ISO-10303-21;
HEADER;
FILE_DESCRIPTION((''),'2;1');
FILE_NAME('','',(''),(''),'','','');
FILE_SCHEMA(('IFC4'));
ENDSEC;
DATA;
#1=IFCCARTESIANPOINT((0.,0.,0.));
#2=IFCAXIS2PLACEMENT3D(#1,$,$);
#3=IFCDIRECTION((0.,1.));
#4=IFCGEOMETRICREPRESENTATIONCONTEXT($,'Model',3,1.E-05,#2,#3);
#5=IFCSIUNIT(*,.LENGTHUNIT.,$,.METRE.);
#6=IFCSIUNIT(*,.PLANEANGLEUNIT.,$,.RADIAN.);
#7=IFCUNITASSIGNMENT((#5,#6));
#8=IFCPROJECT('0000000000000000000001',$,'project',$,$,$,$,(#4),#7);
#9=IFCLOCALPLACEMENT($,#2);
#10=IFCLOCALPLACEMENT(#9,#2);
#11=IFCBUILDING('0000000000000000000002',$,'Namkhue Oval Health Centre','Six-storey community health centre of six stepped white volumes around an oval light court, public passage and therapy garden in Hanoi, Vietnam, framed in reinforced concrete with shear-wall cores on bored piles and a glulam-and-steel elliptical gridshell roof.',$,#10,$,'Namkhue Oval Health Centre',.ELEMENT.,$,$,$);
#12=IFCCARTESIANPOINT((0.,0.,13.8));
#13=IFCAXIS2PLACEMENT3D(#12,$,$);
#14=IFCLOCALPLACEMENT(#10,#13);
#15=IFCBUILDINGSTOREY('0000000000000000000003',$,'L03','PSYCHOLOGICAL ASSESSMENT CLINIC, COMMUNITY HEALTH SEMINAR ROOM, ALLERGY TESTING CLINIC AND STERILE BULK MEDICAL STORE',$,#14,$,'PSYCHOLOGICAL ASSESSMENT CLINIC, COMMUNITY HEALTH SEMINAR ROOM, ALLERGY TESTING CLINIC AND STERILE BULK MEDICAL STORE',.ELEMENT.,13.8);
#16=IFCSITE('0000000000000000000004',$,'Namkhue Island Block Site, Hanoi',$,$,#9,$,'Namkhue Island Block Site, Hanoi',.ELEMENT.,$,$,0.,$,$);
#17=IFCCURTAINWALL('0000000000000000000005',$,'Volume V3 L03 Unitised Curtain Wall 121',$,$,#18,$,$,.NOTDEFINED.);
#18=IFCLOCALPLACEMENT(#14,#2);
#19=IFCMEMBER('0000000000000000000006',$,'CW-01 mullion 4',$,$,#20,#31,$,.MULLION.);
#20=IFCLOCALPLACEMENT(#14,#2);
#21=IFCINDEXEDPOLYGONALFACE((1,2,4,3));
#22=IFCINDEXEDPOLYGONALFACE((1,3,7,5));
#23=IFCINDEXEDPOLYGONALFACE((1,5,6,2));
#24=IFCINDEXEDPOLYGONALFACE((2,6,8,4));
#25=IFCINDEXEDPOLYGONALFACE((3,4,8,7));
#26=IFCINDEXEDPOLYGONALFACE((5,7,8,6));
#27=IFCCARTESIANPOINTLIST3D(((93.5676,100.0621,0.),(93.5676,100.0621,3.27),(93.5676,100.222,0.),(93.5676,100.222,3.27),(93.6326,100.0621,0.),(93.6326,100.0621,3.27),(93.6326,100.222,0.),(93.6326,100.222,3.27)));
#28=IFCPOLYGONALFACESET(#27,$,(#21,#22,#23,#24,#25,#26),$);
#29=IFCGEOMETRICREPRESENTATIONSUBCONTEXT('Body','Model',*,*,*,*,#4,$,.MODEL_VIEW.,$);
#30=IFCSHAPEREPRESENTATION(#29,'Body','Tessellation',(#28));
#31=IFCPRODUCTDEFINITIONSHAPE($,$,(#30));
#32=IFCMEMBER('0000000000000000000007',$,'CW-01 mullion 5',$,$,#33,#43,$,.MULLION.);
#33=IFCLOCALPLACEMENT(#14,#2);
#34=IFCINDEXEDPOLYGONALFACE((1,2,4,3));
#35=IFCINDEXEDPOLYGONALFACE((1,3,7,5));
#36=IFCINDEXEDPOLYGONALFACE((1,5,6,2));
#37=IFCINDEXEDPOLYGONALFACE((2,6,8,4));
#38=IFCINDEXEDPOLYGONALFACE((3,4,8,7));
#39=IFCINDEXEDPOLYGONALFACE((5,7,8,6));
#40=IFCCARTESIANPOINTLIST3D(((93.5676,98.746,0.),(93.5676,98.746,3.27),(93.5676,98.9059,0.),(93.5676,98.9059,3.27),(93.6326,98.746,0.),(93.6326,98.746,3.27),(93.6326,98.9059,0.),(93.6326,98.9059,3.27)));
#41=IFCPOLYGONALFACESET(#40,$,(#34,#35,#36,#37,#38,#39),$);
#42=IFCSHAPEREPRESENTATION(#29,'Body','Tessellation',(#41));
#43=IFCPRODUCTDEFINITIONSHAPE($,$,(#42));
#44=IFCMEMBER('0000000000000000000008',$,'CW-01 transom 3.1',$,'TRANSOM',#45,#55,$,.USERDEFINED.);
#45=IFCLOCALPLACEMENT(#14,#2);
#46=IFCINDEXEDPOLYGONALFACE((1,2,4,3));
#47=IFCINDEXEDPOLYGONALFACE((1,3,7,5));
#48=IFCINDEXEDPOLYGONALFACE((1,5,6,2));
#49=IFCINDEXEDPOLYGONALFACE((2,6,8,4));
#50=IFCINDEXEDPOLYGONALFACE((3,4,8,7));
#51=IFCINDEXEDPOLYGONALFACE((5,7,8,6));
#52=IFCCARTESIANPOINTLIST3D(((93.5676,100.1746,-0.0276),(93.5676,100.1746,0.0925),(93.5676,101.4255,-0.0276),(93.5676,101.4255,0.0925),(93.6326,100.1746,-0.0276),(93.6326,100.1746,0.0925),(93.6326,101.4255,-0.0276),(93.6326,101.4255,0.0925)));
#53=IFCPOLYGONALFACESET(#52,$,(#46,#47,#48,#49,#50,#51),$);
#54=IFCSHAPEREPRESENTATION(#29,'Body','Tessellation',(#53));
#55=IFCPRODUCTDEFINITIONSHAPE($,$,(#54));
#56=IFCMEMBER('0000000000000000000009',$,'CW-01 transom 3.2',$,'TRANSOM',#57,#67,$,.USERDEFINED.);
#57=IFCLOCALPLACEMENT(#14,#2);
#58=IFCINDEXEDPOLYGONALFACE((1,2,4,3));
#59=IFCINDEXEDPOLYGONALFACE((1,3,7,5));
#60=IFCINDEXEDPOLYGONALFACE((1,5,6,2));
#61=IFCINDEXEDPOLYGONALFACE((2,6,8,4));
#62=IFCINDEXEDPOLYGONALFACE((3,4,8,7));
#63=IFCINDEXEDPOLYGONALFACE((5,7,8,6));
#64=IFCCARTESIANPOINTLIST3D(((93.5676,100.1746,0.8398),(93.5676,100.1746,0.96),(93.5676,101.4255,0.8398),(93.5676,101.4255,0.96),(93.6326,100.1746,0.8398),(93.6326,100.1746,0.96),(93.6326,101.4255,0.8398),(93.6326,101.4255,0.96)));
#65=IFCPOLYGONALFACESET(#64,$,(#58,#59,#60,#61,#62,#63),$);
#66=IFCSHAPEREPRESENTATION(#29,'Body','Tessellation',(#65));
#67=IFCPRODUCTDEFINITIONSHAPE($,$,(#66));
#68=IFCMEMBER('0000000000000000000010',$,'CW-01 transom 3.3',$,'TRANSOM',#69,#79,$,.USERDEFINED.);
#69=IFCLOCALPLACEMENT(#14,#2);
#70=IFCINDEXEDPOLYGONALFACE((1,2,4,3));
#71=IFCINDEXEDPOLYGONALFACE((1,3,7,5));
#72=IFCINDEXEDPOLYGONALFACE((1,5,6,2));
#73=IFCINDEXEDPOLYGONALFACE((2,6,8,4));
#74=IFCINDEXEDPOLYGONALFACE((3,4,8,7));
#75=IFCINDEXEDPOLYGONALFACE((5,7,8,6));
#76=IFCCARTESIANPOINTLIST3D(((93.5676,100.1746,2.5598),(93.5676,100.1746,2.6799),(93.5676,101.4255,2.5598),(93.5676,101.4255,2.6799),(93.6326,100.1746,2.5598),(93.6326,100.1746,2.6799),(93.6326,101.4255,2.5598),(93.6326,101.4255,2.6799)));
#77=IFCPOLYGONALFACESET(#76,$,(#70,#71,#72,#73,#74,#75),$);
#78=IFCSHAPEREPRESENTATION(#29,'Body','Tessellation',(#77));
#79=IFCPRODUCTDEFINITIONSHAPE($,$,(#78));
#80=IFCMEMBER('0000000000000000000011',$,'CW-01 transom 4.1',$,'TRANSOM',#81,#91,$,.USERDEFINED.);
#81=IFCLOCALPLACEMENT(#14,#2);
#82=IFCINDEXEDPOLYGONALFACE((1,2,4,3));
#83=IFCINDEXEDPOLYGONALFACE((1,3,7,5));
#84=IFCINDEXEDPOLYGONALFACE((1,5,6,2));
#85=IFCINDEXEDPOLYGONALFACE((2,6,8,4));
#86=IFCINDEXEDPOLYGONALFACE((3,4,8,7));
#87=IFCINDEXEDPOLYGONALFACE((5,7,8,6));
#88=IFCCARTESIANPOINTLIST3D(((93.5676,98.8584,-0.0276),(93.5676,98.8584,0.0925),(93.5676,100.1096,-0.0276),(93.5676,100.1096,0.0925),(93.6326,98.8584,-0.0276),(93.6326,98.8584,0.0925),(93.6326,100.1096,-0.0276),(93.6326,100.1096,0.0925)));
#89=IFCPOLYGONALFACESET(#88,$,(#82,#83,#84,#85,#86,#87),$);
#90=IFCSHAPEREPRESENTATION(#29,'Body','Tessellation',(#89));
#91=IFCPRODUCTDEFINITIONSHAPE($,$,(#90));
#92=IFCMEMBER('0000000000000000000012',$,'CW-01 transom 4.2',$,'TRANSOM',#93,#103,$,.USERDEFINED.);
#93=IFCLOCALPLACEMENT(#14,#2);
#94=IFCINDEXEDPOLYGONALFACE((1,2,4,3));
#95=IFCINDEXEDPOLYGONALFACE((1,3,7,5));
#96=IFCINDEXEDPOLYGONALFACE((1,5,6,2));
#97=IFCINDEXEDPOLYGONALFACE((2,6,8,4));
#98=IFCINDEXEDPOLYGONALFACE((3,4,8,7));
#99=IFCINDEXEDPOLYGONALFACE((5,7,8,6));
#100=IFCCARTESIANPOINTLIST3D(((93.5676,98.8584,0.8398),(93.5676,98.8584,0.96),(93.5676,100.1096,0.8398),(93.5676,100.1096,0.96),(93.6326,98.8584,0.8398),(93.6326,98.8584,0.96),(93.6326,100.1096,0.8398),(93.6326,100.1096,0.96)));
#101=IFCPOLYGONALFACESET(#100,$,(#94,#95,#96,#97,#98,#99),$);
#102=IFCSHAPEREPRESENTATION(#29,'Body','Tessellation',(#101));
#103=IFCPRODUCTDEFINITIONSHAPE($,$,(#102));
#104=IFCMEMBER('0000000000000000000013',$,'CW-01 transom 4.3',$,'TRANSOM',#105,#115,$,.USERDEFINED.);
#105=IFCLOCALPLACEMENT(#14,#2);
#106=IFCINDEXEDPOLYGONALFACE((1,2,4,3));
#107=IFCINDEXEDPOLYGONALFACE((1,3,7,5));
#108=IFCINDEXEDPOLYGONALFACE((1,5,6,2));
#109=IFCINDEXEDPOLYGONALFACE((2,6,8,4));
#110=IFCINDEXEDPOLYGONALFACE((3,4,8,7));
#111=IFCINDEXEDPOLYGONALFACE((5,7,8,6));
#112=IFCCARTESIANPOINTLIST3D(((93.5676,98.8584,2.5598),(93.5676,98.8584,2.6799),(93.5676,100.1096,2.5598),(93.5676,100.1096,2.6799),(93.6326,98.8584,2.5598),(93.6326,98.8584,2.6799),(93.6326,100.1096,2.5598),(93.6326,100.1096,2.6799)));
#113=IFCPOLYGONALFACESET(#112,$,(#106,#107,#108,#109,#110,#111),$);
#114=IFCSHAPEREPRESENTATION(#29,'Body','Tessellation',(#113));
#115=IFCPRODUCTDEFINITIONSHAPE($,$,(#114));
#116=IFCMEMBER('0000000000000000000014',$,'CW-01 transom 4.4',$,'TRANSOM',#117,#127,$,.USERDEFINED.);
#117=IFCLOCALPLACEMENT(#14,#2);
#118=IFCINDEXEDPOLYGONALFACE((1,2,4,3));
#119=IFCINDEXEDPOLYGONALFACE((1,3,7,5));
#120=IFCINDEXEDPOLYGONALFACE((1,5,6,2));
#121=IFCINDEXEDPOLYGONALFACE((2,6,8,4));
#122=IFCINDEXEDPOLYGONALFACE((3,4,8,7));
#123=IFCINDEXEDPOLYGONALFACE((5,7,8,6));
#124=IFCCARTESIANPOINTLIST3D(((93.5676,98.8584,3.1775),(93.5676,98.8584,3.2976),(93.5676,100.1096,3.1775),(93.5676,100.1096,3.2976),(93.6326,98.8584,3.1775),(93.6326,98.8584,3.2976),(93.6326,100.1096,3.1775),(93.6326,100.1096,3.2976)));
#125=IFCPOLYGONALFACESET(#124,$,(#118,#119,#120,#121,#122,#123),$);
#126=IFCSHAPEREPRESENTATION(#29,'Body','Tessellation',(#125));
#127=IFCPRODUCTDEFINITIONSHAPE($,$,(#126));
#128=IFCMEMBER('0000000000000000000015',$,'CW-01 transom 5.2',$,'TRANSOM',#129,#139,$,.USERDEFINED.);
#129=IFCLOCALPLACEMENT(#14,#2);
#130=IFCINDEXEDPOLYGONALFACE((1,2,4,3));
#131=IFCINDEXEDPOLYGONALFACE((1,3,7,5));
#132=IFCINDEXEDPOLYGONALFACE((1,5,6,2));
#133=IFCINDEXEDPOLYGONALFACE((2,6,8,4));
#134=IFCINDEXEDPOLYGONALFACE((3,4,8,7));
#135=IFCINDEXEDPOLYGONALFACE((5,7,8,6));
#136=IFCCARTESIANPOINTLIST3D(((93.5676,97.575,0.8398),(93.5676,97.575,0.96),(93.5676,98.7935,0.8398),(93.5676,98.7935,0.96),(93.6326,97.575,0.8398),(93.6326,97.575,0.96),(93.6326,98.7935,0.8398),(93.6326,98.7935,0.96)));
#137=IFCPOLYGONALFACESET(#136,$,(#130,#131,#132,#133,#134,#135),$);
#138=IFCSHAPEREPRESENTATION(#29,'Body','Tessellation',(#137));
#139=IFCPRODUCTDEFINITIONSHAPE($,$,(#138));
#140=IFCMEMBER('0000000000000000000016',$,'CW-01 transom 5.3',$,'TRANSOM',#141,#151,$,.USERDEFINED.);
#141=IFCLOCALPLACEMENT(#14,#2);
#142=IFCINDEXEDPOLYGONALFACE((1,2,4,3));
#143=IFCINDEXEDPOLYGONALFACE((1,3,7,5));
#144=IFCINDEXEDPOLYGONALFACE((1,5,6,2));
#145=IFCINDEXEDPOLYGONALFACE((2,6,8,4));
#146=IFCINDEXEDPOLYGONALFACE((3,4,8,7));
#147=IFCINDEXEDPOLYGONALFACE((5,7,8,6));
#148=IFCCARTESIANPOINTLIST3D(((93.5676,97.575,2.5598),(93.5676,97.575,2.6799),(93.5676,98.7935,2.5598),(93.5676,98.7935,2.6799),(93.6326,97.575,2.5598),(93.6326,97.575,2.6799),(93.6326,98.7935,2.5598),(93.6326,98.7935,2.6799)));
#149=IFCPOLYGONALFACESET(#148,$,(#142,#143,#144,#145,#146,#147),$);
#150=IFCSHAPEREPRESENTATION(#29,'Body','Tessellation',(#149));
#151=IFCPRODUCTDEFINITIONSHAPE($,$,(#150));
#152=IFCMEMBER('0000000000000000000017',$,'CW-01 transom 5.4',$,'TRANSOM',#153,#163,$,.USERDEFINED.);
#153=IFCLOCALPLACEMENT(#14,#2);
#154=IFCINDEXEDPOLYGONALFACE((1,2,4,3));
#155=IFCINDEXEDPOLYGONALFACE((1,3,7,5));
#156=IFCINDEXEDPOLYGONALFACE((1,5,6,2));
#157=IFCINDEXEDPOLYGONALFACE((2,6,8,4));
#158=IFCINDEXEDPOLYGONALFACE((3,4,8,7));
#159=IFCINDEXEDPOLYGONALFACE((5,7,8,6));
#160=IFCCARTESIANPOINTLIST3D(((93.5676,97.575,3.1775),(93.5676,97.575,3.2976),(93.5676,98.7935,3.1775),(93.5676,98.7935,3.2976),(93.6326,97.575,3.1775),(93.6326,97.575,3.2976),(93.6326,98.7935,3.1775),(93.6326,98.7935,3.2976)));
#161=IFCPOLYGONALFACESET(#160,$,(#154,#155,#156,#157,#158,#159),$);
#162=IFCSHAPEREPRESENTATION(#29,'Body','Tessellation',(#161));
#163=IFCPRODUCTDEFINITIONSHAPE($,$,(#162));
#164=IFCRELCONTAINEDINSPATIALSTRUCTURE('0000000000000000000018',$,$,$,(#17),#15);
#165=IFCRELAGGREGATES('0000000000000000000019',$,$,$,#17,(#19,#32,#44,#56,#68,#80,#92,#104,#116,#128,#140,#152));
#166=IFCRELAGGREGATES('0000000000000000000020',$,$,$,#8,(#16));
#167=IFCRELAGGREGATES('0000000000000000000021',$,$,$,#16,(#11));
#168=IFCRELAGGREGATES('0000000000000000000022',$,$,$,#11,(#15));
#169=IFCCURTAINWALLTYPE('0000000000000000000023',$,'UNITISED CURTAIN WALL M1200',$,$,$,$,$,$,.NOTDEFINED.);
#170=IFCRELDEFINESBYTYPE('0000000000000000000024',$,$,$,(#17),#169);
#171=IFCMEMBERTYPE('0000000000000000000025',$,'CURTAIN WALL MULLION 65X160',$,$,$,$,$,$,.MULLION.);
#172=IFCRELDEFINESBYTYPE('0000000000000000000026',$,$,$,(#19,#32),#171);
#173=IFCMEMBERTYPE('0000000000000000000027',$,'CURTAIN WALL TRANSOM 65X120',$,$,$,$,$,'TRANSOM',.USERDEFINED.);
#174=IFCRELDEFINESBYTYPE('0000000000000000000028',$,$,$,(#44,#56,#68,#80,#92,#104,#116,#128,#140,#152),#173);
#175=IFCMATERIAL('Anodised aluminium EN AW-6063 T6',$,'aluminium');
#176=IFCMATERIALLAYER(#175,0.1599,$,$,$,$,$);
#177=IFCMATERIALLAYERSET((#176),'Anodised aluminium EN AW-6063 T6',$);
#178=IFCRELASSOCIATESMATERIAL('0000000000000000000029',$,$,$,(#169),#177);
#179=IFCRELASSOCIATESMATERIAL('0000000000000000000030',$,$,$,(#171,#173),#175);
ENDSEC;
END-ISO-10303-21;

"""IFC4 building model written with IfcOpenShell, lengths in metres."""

from ifc_helpers import new_model, si_unit, direction, frame, origin, origin_2d, place, context, subcontext, project, spatial, rectangle, extrude, material, layer, layer_set, material_profile, profile_set, type_object, element, aggregate, save


model = new_model("IFC4")

# Units and contexts
model_context = context("Model", 3, precision=1e-05, world=origin(), true_north=direction((0.0, 1.0)))
body_context = subcontext(model_context, "Body", "Model", "MODEL_VIEW")
ifc_project = project(units=[si_unit("LENGTHUNIT", "METRE"), si_unit("PLANEANGLEUNIT", "RADIAN")], contexts=[model_context])

# Site, building, storey
site_placement = place(None, origin())
site = spatial("IfcSite", under=ifc_project, at=site_placement, Name="Namkhue Island Block Site, Hanoi", LongName="Namkhue Island Block Site, Hanoi", CompositionType="ELEMENT", RefElevation=0.0)
building_placement = place(site_placement, origin())
building = spatial("IfcBuilding", under=site, at=building_placement, Name="Namkhue Oval Health Centre", Description="Six-storey community health centre of six stepped white volumes around an oval light court, public passage and therapy garden in Hanoi, Vietnam, framed in reinforced concrete with shear-wall cores on bored piles and a glulam-and-steel elliptical gridshell roof.", LongName="Namkhue Oval Health Centre", CompositionType="ELEMENT")
storey_placement = place(building_placement, frame((0.0, 0.0, 13.8)))
storey = spatial("IfcBuildingStorey", under=building, at=storey_placement, Name="L03", Description="PSYCHOLOGICAL ASSESSMENT CLINIC, COMMUNITY HEALTH SEMINAR ROOM, ALLERGY TESTING CLINIC AND STERILE BULK MEDICAL STORE", LongName="PSYCHOLOGICAL ASSESSMENT CLINIC, COMMUNITY HEALTH SEMINAR ROOM, ALLERGY TESTING CLINIC AND STERILE BULK MEDICAL STORE", CompositionType="ELEMENT", Elevation=13.8)

# Curtain wall, members
ifc_material_1 = material(Name="Anodised aluminium EN AW-6063 T6", Category="aluminium")
ifc_layer_1 = layer(ifc_material_1, 0.1599)
ifc_layer_set_1 = layer_set([ifc_layer_1], Name="Anodised aluminium EN AW-6063 T6")
curtain_wall_type = type_object("IfcCurtainWallType", Name="UNITISED CURTAIN WALL M1200", PredefinedType="NOTDEFINED", material=ifc_layer_set_1)
curtain_wall_placement = place(storey_placement, origin())
curtain_wall = element("IfcCurtainWall", 1, at=curtain_wall_placement, inside=storey, type_object=curtain_wall_type, Name="Volume V3 L03 Unitised Curtain Wall 121", PredefinedType="NOTDEFINED")
ifc_material_profile_1 = material_profile(ifc_material_1, rectangle(XDim=0.0649, YDim=0.1599, at=origin_2d()), Name="ALU 65x160")
ifc_profile_set_1 = profile_set([ifc_material_profile_1], Name="Anodised aluminium EN AW-6063 T6")
member_type_1 = type_object("IfcMemberType", Name="CURTAIN WALL MULLION 65X160", PredefinedType="MULLION", material=ifc_profile_set_1)
member_1_placement = place(storey_placement, frame((93.6001, 100.1421, 0.0), z_axis=(0.0, 0.0, 1.0), x_axis=(1.0, 0.0, 0.0)))
member_1 = element("IfcMember", 2, at=member_1_placement, type_object=member_type_1, Name="CW-01 mullion 4", PredefinedType="MULLION", context=body_context, shape_type="SweptSolid", body=[
    extrude(rectangle(XDim=0.0649, YDim=0.1599, at=origin_2d()), origin(), (0.0, 0.0, 1.0), 3.27),
])
member_2_placement = place(storey_placement, frame((93.6001, 98.8259, 0.0), z_axis=(0.0, 0.0, 1.0), x_axis=(1.0, 0.0, 0.0)))
member_2 = element("IfcMember", 3, at=member_2_placement, type_object=member_type_1, Name="CW-01 mullion 5", PredefinedType="MULLION", context=body_context, shape_type="SweptSolid", body=[
    extrude(rectangle(XDim=0.0649, YDim=0.1599, at=origin_2d()), origin(), (0.0, 0.0, 1.0), 3.27),
])
ifc_material_profile_2 = material_profile(ifc_material_1, rectangle(XDim=0.0649, YDim=0.1201, at=origin_2d()), Name="ALU 65x120")
ifc_profile_set_2 = profile_set([ifc_material_profile_2], Name="Anodised aluminium EN AW-6063 T6")
member_type_2 = type_object("IfcMemberType", Name="CURTAIN WALL TRANSOM 65X120", ElementType="TRANSOM", PredefinedType="USERDEFINED", material=ifc_profile_set_2)
member_3_placement = place(storey_placement, frame((93.6001, 101.4255, 0.0325), z_axis=(0.0, -1.0, 0.0), x_axis=(1.0, 0.0, 0.0)))
member_3 = element("IfcMember", 4, at=member_3_placement, type_object=member_type_2, Name="CW-01 transom 3.1", ObjectType="TRANSOM", PredefinedType="USERDEFINED", context=body_context, shape_type="SweptSolid", body=[
    extrude(rectangle(XDim=0.0649, YDim=0.1201, at=origin_2d()), origin(), (0.0, 0.0, 1.0), 1.251),
])
member_4_placement = place(storey_placement, frame((93.6001, 101.4255, 0.8999), z_axis=(0.0, -1.0, 0.0), x_axis=(1.0, 0.0, 0.0)))
member_4 = element("IfcMember", 5, at=member_4_placement, type_object=member_type_2, Name="CW-01 transom 3.2", ObjectType="TRANSOM", PredefinedType="USERDEFINED", context=body_context, shape_type="SweptSolid", body=[
    extrude(rectangle(XDim=0.0649, YDim=0.1201, at=origin_2d()), origin(), (0.0, 0.0, 1.0), 1.251),
])
member_5_placement = place(storey_placement, frame((93.6001, 101.4255, 2.6199), z_axis=(0.0, -1.0, 0.0), x_axis=(1.0, 0.0, 0.0)))
member_5 = element("IfcMember", 6, at=member_5_placement, type_object=member_type_2, Name="CW-01 transom 3.3", ObjectType="TRANSOM", PredefinedType="USERDEFINED", context=body_context, shape_type="SweptSolid", body=[
    extrude(rectangle(XDim=0.0649, YDim=0.1201, at=origin_2d()), origin(), (0.0, 0.0, 1.0), 1.251),
])
member_6_placement = place(storey_placement, frame((93.6001, 100.1096, 0.0325), z_axis=(0.0, -1.0, 0.0), x_axis=(1.0, 0.0, 0.0)))
member_6 = element("IfcMember", 7, at=member_6_placement, type_object=member_type_2, Name="CW-01 transom 4.1", ObjectType="TRANSOM", PredefinedType="USERDEFINED", context=body_context, shape_type="SweptSolid", body=[
    extrude(rectangle(XDim=0.0649, YDim=0.1201, at=origin_2d()), origin(), (0.0, 0.0, 1.0), 1.2512),
])
member_7_placement = place(storey_placement, frame((93.6001, 100.1096, 0.8999), z_axis=(0.0, -1.0, 0.0), x_axis=(1.0, 0.0, 0.0)))
member_7 = element("IfcMember", 8, at=member_7_placement, type_object=member_type_2, Name="CW-01 transom 4.2", ObjectType="TRANSOM", PredefinedType="USERDEFINED", context=body_context, shape_type="SweptSolid", body=[
    extrude(rectangle(XDim=0.0649, YDim=0.1201, at=origin_2d()), origin(), (0.0, 0.0, 1.0), 1.2512),
])
member_8_placement = place(storey_placement, frame((93.6001, 100.1096, 2.6199), z_axis=(0.0, -1.0, 0.0), x_axis=(1.0, 0.0, 0.0)))
member_8 = element("IfcMember", 9, at=member_8_placement, type_object=member_type_2, Name="CW-01 transom 4.3", ObjectType="TRANSOM", PredefinedType="USERDEFINED", context=body_context, shape_type="SweptSolid", body=[
    extrude(rectangle(XDim=0.0649, YDim=0.1201, at=origin_2d()), origin(), (0.0, 0.0, 1.0), 1.2512),
])
member_9_placement = place(storey_placement, frame((93.6001, 100.1096, 3.2375), z_axis=(0.0, -1.0, 0.0), x_axis=(1.0, 0.0, 0.0)))
member_9 = element("IfcMember", 10, at=member_9_placement, type_object=member_type_2, Name="CW-01 transom 4.4", ObjectType="TRANSOM", PredefinedType="USERDEFINED", context=body_context, shape_type="SweptSolid", body=[
    extrude(rectangle(XDim=0.0649, YDim=0.1201, at=origin_2d()), origin(), (0.0, 0.0, 1.0), 1.2512),
])
member_10_placement = place(storey_placement, frame((93.6001, 98.7935, 0.8999), z_axis=(0.0, -1.0, 0.0), x_axis=(1.0, 0.0, 0.0)))
member_10 = element("IfcMember", 11, at=member_10_placement, type_object=member_type_2, Name="CW-01 transom 5.2", ObjectType="TRANSOM", PredefinedType="USERDEFINED", context=body_context, shape_type="SweptSolid", body=[
    extrude(rectangle(XDim=0.0649, YDim=0.1201, at=origin_2d()), origin(), (0.0, 0.0, 1.0), 1.2185),
])
member_11_placement = place(storey_placement, frame((93.6001, 98.7935, 2.6199), z_axis=(0.0, -1.0, 0.0), x_axis=(1.0, 0.0, 0.0)))
member_11 = element("IfcMember", 12, at=member_11_placement, type_object=member_type_2, Name="CW-01 transom 5.3", ObjectType="TRANSOM", PredefinedType="USERDEFINED", context=body_context, shape_type="SweptSolid", body=[
    extrude(rectangle(XDim=0.0649, YDim=0.1201, at=origin_2d()), origin(), (0.0, 0.0, 1.0), 1.2185),
])
member_12_placement = place(storey_placement, frame((93.6001, 98.7935, 3.2375), z_axis=(0.0, -1.0, 0.0), x_axis=(1.0, 0.0, 0.0)))
member_12 = element("IfcMember", 13, at=member_12_placement, type_object=member_type_2, Name="CW-01 transom 5.4", ObjectType="TRANSOM", PredefinedType="USERDEFINED", context=body_context, shape_type="SweptSolid", body=[
    extrude(rectangle(XDim=0.0649, YDim=0.1201, at=origin_2d()), origin(), (0.0, 0.0, 1.0), 1.2185),
])

aggregate(curtain_wall, [member_1, member_2, member_3, member_4, member_5, member_6, member_7, member_8, member_9, member_10, member_11, member_12])

save(model, "model.ifc")
